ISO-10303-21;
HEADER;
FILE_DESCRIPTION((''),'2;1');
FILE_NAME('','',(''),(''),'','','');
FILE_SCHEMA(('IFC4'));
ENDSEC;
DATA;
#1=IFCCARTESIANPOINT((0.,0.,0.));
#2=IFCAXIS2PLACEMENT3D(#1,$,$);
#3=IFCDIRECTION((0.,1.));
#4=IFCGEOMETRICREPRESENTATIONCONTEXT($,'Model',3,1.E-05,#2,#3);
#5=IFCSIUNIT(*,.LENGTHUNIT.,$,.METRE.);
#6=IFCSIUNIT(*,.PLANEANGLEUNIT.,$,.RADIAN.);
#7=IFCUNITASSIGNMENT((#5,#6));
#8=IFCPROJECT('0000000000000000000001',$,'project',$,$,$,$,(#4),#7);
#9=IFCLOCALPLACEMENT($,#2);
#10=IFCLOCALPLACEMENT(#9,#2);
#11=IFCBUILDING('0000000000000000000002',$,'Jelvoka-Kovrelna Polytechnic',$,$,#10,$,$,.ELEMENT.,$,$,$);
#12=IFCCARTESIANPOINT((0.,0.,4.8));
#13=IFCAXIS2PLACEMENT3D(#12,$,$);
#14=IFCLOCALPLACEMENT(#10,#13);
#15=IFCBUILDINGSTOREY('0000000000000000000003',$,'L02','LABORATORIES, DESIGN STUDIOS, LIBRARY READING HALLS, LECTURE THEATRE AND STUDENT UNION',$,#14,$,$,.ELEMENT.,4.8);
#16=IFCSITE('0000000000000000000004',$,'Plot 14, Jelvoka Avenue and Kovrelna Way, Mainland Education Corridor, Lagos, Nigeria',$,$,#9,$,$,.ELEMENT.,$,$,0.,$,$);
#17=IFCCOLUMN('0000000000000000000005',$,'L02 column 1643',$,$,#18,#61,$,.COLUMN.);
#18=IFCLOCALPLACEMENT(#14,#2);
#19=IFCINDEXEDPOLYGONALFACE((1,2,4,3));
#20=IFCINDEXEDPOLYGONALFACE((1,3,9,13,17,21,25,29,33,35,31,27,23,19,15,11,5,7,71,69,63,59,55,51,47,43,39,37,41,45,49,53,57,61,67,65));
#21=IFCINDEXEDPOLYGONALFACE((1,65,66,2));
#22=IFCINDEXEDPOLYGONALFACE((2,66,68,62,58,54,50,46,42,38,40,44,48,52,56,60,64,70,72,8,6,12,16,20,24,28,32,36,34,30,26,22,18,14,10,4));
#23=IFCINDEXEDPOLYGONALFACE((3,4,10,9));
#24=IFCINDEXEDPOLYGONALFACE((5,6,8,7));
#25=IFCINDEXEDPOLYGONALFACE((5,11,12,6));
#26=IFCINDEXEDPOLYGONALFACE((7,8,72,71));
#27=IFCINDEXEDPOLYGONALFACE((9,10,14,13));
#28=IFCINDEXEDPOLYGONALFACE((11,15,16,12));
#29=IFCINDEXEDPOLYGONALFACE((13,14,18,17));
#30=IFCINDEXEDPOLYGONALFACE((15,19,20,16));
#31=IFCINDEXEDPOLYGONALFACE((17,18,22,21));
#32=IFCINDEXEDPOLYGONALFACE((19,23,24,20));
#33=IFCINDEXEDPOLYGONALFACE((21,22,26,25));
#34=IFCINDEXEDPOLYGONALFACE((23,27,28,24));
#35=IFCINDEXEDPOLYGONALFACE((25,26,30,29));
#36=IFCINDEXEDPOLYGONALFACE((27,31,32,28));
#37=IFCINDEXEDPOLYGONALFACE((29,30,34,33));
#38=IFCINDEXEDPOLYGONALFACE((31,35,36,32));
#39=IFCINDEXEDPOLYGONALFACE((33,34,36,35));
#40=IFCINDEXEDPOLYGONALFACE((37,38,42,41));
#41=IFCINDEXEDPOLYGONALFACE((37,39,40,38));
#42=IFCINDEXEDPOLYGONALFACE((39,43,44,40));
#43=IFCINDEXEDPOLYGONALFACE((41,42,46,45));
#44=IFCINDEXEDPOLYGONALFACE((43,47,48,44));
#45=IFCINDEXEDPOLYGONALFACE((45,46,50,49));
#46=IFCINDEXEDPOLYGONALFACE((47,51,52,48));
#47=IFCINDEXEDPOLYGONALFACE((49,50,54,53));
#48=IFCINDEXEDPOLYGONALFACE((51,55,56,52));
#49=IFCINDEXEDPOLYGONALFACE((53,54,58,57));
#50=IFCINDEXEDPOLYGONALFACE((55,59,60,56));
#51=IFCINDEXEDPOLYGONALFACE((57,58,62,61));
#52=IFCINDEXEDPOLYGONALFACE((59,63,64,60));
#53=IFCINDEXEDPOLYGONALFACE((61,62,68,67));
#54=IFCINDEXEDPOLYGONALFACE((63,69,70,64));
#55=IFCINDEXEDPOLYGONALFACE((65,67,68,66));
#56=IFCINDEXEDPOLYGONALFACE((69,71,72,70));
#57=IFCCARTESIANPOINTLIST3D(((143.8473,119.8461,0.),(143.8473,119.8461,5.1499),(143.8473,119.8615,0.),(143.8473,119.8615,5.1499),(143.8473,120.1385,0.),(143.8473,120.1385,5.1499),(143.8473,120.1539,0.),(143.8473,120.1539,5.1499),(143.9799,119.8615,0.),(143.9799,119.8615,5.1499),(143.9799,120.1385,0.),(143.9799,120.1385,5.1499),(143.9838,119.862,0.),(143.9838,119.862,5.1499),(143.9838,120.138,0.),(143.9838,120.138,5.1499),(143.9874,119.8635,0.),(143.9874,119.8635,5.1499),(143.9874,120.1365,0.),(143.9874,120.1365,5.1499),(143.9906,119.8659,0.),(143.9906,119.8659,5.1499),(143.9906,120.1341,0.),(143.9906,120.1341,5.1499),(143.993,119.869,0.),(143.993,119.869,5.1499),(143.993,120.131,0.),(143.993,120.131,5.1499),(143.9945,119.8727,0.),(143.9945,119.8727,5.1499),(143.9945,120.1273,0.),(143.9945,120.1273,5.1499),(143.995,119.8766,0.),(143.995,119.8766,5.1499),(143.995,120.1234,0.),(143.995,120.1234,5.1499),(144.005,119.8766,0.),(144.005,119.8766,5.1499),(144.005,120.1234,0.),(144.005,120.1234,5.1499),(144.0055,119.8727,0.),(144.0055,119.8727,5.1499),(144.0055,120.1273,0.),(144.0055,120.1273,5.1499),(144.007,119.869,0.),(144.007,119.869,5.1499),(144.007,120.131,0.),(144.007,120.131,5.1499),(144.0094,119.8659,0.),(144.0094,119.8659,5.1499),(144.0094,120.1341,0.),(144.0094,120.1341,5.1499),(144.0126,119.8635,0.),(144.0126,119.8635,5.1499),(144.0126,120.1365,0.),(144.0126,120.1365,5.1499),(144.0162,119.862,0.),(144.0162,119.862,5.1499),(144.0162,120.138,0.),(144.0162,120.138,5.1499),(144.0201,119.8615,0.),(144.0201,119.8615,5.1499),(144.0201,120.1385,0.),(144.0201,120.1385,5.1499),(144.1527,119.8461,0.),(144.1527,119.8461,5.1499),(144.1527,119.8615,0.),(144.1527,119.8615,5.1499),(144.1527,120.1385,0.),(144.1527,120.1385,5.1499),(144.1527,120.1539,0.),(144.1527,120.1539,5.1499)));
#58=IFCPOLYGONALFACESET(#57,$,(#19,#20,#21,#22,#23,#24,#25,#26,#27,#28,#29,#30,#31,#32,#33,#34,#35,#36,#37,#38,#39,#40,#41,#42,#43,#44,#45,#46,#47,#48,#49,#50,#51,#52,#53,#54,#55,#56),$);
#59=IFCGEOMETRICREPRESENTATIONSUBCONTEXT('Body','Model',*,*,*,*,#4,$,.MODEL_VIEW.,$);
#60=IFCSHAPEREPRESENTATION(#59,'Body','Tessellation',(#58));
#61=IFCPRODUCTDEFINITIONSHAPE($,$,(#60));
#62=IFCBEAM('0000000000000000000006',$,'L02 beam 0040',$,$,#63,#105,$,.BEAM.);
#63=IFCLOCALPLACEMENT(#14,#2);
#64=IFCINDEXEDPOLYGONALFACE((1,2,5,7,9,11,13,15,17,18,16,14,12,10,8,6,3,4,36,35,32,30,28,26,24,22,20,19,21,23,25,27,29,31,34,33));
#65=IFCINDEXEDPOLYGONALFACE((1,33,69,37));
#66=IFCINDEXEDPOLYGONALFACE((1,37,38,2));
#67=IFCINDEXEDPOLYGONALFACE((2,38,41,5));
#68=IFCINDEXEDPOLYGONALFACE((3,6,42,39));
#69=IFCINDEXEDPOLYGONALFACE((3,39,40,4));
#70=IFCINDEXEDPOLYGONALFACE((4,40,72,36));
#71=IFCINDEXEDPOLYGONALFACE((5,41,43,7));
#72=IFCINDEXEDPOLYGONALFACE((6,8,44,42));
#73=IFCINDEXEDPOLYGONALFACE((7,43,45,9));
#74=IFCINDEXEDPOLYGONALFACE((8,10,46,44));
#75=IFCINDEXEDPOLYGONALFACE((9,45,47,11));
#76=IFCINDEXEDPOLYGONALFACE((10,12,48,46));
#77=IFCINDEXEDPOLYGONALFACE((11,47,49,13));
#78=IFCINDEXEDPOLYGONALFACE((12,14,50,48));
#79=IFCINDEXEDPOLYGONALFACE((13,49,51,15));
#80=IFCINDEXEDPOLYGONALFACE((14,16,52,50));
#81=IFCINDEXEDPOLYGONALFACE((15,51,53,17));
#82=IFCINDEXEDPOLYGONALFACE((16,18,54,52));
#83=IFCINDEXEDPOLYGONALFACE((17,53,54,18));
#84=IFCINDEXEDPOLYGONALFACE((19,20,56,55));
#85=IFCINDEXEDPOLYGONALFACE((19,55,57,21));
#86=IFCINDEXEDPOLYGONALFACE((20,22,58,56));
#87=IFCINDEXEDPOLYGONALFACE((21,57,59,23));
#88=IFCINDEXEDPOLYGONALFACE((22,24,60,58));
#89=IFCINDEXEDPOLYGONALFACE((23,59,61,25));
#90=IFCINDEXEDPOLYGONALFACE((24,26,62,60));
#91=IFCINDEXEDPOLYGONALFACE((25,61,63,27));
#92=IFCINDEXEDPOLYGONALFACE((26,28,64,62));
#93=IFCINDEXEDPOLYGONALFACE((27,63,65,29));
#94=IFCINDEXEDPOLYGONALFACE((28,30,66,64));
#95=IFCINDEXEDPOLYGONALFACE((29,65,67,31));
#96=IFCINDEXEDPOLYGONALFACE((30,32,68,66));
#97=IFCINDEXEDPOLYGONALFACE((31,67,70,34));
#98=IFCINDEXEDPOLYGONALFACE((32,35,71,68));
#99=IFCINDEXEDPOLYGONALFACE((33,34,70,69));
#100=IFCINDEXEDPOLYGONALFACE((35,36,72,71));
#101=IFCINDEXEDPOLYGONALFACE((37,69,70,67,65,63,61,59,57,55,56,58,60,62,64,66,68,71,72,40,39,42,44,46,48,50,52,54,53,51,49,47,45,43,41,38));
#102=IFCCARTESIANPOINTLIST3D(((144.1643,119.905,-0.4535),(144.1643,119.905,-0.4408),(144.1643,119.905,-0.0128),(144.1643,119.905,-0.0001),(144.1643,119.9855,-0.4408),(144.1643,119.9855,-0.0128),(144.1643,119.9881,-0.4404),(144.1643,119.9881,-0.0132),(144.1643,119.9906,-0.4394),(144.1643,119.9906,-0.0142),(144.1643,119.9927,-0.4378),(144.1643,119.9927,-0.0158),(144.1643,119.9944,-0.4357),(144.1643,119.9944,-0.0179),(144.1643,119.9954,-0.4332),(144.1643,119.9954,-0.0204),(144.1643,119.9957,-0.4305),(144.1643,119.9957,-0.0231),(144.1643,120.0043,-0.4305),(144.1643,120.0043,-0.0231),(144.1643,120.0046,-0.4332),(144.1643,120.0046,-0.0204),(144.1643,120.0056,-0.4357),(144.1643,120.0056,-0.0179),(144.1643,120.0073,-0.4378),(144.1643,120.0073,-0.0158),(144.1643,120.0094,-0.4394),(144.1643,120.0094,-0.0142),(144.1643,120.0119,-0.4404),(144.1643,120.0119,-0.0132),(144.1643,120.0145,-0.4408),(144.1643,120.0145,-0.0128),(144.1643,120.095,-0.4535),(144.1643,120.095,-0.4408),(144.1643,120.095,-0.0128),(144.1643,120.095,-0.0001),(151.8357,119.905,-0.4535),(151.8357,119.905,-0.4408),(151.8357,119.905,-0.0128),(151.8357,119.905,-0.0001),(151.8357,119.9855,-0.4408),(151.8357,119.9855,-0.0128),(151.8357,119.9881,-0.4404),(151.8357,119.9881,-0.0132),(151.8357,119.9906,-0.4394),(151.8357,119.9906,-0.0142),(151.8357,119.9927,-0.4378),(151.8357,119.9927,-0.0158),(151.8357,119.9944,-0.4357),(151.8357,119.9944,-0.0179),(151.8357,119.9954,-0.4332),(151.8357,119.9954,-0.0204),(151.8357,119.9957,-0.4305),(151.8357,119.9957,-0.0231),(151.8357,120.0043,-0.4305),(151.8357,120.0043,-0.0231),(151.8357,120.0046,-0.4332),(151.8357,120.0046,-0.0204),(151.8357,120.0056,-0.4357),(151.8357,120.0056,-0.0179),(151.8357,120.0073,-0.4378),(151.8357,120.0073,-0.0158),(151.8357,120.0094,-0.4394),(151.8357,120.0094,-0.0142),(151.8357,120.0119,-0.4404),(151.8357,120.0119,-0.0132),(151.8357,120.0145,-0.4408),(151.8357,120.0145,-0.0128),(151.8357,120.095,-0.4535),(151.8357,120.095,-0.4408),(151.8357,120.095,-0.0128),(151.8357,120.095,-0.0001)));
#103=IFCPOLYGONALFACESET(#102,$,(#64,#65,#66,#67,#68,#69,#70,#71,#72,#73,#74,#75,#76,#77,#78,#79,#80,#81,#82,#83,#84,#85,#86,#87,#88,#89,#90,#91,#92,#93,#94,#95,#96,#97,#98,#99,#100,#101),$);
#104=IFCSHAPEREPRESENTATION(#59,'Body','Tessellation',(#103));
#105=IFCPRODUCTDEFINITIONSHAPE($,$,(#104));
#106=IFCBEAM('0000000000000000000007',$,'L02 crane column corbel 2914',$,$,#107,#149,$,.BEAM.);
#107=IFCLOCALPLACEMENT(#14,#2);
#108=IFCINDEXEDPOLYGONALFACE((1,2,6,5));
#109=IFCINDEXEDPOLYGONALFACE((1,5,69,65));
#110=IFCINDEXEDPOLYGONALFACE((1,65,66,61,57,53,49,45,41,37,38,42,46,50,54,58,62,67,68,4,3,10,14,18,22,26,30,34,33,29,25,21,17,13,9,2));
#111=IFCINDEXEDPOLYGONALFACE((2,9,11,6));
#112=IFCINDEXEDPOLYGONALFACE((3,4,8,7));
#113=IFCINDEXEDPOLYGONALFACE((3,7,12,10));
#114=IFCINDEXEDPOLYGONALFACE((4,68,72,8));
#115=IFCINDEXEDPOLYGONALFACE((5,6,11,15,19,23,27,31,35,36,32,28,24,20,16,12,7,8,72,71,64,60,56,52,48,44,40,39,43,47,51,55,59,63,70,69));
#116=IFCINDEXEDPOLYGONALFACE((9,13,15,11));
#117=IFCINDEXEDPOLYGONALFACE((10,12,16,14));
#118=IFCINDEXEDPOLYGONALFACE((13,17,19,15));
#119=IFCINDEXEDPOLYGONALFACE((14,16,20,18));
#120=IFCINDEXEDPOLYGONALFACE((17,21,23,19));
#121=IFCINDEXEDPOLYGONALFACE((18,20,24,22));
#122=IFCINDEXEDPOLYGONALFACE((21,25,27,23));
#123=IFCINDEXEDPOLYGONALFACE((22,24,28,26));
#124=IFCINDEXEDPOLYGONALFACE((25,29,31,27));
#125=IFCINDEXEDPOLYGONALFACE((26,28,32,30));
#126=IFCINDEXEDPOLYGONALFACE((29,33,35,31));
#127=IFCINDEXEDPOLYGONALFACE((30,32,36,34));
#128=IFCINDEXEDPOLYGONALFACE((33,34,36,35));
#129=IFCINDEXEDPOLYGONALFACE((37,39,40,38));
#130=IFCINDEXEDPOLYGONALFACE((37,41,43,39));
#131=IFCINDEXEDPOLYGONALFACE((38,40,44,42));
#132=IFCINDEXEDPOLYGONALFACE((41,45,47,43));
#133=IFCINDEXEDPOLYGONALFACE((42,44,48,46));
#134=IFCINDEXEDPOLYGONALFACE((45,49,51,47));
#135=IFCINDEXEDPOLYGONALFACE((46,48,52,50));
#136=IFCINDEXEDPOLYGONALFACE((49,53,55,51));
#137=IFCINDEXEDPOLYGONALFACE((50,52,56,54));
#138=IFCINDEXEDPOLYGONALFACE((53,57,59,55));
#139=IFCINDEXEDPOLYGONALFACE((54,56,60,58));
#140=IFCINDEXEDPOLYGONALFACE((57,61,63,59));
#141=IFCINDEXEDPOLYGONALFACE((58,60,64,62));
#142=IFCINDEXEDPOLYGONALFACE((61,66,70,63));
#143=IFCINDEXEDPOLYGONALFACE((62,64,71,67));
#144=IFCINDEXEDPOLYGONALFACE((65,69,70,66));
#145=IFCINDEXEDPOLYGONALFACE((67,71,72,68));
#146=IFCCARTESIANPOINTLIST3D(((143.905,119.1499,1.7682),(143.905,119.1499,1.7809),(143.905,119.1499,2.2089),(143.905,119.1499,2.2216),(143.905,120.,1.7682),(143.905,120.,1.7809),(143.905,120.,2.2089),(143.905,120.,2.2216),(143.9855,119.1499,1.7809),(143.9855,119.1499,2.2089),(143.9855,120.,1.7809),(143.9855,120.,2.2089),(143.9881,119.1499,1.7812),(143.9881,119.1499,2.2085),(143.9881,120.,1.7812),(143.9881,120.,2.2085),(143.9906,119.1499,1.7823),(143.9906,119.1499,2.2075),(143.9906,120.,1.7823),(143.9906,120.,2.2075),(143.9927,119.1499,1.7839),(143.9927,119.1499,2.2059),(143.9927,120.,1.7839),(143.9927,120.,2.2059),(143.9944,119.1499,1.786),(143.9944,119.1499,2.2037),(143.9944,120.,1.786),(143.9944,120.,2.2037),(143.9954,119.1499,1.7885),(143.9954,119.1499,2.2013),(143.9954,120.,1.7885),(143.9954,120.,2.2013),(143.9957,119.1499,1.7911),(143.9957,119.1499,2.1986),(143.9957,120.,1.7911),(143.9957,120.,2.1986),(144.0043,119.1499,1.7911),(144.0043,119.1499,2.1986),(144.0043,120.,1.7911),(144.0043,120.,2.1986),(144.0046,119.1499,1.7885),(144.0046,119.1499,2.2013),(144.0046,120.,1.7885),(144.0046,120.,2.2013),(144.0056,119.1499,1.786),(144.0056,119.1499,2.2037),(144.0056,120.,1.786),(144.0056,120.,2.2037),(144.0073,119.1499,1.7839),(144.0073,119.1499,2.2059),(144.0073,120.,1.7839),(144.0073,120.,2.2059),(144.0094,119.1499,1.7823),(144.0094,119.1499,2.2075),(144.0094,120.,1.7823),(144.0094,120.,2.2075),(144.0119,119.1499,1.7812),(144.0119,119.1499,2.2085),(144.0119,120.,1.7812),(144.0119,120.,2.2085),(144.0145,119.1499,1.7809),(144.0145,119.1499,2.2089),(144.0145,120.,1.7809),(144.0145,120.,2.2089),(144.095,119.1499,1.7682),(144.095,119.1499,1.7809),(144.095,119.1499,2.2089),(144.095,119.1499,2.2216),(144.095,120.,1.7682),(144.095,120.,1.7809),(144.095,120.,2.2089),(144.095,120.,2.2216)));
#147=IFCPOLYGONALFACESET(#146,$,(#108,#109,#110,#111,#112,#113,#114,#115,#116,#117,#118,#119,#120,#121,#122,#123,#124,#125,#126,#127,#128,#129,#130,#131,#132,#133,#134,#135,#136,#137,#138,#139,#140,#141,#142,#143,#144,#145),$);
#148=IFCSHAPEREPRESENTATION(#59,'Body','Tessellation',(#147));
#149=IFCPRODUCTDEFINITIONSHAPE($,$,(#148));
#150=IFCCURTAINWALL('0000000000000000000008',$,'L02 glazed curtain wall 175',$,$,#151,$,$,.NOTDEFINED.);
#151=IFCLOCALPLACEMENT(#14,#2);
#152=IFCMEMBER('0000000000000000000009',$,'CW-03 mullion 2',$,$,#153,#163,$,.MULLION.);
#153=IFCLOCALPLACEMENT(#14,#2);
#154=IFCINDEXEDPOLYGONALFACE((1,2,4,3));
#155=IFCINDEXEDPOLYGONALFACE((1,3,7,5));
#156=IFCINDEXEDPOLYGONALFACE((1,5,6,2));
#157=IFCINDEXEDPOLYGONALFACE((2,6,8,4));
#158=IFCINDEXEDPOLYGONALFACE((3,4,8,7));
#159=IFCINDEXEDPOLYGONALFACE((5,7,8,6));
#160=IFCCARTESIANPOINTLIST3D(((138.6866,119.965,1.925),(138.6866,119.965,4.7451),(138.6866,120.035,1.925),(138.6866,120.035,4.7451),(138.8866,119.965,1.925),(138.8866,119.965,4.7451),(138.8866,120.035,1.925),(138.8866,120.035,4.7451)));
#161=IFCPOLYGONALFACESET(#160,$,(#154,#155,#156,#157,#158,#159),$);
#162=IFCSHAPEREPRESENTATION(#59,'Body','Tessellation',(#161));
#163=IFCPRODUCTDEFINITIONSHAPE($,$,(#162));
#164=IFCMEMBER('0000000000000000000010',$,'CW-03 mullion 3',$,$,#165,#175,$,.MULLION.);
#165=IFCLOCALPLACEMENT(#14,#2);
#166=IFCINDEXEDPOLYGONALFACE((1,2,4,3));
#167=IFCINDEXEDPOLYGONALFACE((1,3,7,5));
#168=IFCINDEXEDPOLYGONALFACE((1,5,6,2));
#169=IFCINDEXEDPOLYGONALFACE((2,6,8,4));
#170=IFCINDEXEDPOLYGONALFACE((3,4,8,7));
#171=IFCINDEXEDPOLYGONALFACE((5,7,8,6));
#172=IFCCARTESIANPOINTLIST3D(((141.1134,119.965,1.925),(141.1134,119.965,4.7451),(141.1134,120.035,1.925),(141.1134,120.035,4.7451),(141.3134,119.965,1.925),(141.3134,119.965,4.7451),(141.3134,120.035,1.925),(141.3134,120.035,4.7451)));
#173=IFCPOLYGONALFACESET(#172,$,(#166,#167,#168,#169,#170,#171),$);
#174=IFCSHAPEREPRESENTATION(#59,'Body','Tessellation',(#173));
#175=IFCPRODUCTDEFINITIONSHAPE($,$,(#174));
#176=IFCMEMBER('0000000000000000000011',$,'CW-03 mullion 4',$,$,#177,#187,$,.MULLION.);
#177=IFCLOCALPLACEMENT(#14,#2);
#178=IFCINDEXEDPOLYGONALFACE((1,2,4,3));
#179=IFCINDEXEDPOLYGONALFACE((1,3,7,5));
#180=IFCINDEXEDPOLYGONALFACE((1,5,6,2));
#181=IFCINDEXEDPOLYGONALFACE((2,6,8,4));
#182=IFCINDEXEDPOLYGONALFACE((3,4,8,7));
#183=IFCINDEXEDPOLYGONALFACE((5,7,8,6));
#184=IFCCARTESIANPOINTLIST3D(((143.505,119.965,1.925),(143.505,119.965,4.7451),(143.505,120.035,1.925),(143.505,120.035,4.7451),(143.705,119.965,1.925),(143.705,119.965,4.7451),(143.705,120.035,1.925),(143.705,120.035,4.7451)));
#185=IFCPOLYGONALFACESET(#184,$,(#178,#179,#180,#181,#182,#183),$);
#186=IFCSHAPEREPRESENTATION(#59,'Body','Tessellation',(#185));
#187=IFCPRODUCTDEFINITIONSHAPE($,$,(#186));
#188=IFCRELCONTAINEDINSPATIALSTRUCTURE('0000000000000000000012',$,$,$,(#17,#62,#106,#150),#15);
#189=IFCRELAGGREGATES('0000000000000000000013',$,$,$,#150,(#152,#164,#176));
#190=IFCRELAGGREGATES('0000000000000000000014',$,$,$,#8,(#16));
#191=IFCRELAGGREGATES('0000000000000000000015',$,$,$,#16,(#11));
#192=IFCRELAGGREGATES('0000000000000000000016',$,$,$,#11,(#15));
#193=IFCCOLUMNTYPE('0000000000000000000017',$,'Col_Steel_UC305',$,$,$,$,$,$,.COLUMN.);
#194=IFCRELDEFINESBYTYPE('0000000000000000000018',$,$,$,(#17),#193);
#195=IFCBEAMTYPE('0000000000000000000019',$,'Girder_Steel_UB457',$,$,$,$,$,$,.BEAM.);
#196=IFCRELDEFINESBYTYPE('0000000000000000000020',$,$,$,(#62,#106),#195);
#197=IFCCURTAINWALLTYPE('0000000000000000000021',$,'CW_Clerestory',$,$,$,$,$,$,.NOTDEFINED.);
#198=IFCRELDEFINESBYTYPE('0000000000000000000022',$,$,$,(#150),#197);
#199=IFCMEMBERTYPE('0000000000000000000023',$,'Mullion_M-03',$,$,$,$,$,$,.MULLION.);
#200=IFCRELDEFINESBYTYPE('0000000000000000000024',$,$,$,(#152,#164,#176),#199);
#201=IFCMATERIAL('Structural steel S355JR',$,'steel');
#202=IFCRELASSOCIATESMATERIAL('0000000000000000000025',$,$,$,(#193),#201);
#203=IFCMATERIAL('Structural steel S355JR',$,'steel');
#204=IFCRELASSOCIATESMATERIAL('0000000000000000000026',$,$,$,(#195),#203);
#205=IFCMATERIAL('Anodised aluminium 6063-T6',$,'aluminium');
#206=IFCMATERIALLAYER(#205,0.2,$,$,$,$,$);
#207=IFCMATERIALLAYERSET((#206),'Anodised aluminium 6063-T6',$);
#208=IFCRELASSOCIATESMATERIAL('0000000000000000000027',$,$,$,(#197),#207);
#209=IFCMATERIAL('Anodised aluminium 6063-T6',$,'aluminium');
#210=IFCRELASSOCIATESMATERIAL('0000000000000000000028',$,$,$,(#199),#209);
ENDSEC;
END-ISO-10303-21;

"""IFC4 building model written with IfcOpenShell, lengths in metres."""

from ifc_helpers import new_model, si_unit, direction, frame, origin, origin_2d, place, context, subcontext, project, spatial, rectangle, i_section, extrude, material, layer, layer_set, material_profile, profile_set, type_object, element, aggregate, save


model = new_model("IFC4")

# Units and contexts
model_context = context("Model", 3, precision=1e-05, world=origin(), true_north=direction((0.0, 1.0)))
body_context = subcontext(model_context, "Body", "Model", "MODEL_VIEW")
ifc_project = project(units=[si_unit("LENGTHUNIT", "METRE"), si_unit("PLANEANGLEUNIT", "RADIAN")], contexts=[model_context])

# Site, building, storey
site_placement = place(None, origin())
site = spatial("IfcSite", under=ifc_project, at=site_placement, Name="Plot 14, Jelvoka Avenue and Kovrelna Way, Mainland Education Corridor, Lagos, Nigeria", CompositionType="ELEMENT", RefElevation=0.0)
building_placement = place(site_placement, origin())
building = spatial("IfcBuilding", under=site, at=building_placement, Name="Jelvoka-Kovrelna Polytechnic", CompositionType="ELEMENT")
storey_placement = place(building_placement, frame((0.0, 0.0, 4.8)))
storey = spatial("IfcBuildingStorey", under=building, at=storey_placement, Name="L02", Description="LABORATORIES, DESIGN STUDIOS, LIBRARY READING HALLS, LECTURE THEATRE AND STUDENT UNION", CompositionType="ELEMENT", Elevation=4.8)

# Column
ifc_material_1 = material(Name="Structural steel S355JR", Category="steel")
ifc_material_profile_1 = material_profile(ifc_material_1, i_section(OverallWidth=0.3054, OverallDepth=0.3079, WebThickness=0.01, FlangeThickness=0.0154, FilletRadius=0.0151, at=origin_2d()), Name="305x305x97 UC")
ifc_profile_set_1 = profile_set([ifc_material_profile_1], Name="Structural steel S355JR")
column_type = type_object("IfcColumnType", Name="Col_Steel_UC305", PredefinedType="COLUMN", material=ifc_profile_set_1)
column_placement = place(storey_placement, frame((144.0, 120.0, 0.0), z_axis=(0.0, 0.0, 1.0), x_axis=(1.0, 0.0, 0.0)))
element("IfcColumn", 1, at=column_placement, inside=storey, type_object=column_type, Name="L02 column 1643", PredefinedType="COLUMN", context=body_context, shape_type="SweptSolid", body=[
    extrude(i_section(OverallWidth=0.3054, OverallDepth=0.3079, WebThickness=0.01, FlangeThickness=0.0154, FilletRadius=0.0151, at=origin_2d()), origin(), (0.0, 0.0, 1.0), 5.1499),
])

# Beams
ifc_material_2 = material(Name="Structural steel S355JR", Category="steel")
ifc_material_profile_2 = material_profile(ifc_material_2, i_section(OverallWidth=0.1899, OverallDepth=0.4534, WebThickness=0.0085, FlangeThickness=0.0127, FilletRadius=0.0103, at=origin_2d()), Name="457x191x67 UB")
ifc_profile_set_2 = profile_set([ifc_material_profile_2], Name="Structural steel S355JR")
beam_type = type_object("IfcBeamType", Name="Girder_Steel_UB457", PredefinedType="BEAM", material=ifc_profile_set_2)
beam_1_placement = place(storey_placement, frame((144.1643, 120.0, -0.2268), z_axis=(1.0, 0.0, 0.0), x_axis=(0.0, 1.0, 0.0)))
element("IfcBeam", 2, at=beam_1_placement, inside=storey, type_object=beam_type, Name="L02 beam 0040", PredefinedType="BEAM", context=body_context, shape_type="SweptSolid", body=[
    extrude(i_section(OverallWidth=0.1899, OverallDepth=0.4534, WebThickness=0.0085, FlangeThickness=0.0127, FilletRadius=0.0103, at=origin_2d()), origin(), (0.0, 0.0, 1.0), 7.6714),
])
beam_2_placement = place(storey_placement, frame((144.0, 120.0, 1.9949), z_axis=(0.0, -1.0, 0.0), x_axis=(1.0, 0.0, 0.0)))
element("IfcBeam", 3, at=beam_2_placement, inside=storey, type_object=beam_type, Name="L02 crane column corbel 2914", PredefinedType="BEAM", context=body_context, shape_type="SweptSolid", body=[
    extrude(i_section(OverallWidth=0.1899, OverallDepth=0.4534, WebThickness=0.0085, FlangeThickness=0.0127, FilletRadius=0.0103, at=origin_2d()), origin(), (0.0, 0.0, 1.0), 0.8501),
])

# Curtain wall, members
ifc_material_3 = material(Name="Anodised aluminium 6063-T6", Category="aluminium")
ifc_layer_1 = layer(ifc_material_3, 0.2)
ifc_layer_set_1 = layer_set([ifc_layer_1], Name="Anodised aluminium 6063-T6")
curtain_wall_type = type_object("IfcCurtainWallType", Name="CW_Clerestory", PredefinedType="NOTDEFINED", material=ifc_layer_set_1)
curtain_wall_1_placement = place(storey_placement, origin())
curtain_wall_1 = element("IfcCurtainWall", 4, at=curtain_wall_1_placement, inside=storey, type_object=curtain_wall_type, Name="L02 glazed curtain wall 175", PredefinedType="NOTDEFINED")
ifc_material_4 = material(Name="Anodised aluminium 6063-T6", Category="aluminium")
ifc_material_profile_3 = material_profile(ifc_material_4, rectangle(XDim=0.0701, YDim=0.2, at=origin_2d()), Name="ALU 70x200")
ifc_profile_set_3 = profile_set([ifc_material_profile_3], Name="Anodised aluminium 6063-T6")
member_type_1 = type_object("IfcMemberType", Name="Mullion_M-03", PredefinedType="MULLION", material=ifc_profile_set_3)
member_1_placement = place(storey_placement, frame((138.7866, 120.0, 1.925), z_axis=(0.0, 0.0, 1.0), x_axis=(0.0, 1.0, 0.0)))
member_1 = element("IfcMember", 5, at=member_1_placement, type_object=member_type_1, Name="CW-03 mullion 2", PredefinedType="MULLION", context=body_context, shape_type="SweptSolid", body=[
    extrude(rectangle(XDim=0.0701, YDim=0.2, at=origin_2d()), origin(), (0.0, 0.0, 1.0), 2.8201),
])
member_2_placement = place(storey_placement, frame((141.2134, 120.0, 1.925), z_axis=(0.0, 0.0, 1.0), x_axis=(0.0, 1.0, 0.0)))
member_2 = element("IfcMember", 6, at=member_2_placement, type_object=member_type_1, Name="CW-03 mullion 3", PredefinedType="MULLION", context=body_context, shape_type="SweptSolid", body=[
    extrude(rectangle(XDim=0.0701, YDim=0.2, at=origin_2d()), origin(), (0.0, 0.0, 1.0), 2.8201),
])
member_3_placement = place(storey_placement, frame((143.605, 120.0, 1.925), z_axis=(0.0, 0.0, 1.0), x_axis=(0.0, 1.0, 0.0)))
member_3 = element("IfcMember", 7, at=member_3_placement, type_object=member_type_1, Name="CW-03 mullion 4", PredefinedType="MULLION", context=body_context, shape_type="SweptSolid", body=[
    extrude(rectangle(XDim=0.0701, YDim=0.2, at=origin_2d()), origin(), (0.0, 0.0, 1.0), 2.8201),
])

aggregate(curtain_wall_1, [member_1, member_2, member_3])

save(model, "model.ifc")
